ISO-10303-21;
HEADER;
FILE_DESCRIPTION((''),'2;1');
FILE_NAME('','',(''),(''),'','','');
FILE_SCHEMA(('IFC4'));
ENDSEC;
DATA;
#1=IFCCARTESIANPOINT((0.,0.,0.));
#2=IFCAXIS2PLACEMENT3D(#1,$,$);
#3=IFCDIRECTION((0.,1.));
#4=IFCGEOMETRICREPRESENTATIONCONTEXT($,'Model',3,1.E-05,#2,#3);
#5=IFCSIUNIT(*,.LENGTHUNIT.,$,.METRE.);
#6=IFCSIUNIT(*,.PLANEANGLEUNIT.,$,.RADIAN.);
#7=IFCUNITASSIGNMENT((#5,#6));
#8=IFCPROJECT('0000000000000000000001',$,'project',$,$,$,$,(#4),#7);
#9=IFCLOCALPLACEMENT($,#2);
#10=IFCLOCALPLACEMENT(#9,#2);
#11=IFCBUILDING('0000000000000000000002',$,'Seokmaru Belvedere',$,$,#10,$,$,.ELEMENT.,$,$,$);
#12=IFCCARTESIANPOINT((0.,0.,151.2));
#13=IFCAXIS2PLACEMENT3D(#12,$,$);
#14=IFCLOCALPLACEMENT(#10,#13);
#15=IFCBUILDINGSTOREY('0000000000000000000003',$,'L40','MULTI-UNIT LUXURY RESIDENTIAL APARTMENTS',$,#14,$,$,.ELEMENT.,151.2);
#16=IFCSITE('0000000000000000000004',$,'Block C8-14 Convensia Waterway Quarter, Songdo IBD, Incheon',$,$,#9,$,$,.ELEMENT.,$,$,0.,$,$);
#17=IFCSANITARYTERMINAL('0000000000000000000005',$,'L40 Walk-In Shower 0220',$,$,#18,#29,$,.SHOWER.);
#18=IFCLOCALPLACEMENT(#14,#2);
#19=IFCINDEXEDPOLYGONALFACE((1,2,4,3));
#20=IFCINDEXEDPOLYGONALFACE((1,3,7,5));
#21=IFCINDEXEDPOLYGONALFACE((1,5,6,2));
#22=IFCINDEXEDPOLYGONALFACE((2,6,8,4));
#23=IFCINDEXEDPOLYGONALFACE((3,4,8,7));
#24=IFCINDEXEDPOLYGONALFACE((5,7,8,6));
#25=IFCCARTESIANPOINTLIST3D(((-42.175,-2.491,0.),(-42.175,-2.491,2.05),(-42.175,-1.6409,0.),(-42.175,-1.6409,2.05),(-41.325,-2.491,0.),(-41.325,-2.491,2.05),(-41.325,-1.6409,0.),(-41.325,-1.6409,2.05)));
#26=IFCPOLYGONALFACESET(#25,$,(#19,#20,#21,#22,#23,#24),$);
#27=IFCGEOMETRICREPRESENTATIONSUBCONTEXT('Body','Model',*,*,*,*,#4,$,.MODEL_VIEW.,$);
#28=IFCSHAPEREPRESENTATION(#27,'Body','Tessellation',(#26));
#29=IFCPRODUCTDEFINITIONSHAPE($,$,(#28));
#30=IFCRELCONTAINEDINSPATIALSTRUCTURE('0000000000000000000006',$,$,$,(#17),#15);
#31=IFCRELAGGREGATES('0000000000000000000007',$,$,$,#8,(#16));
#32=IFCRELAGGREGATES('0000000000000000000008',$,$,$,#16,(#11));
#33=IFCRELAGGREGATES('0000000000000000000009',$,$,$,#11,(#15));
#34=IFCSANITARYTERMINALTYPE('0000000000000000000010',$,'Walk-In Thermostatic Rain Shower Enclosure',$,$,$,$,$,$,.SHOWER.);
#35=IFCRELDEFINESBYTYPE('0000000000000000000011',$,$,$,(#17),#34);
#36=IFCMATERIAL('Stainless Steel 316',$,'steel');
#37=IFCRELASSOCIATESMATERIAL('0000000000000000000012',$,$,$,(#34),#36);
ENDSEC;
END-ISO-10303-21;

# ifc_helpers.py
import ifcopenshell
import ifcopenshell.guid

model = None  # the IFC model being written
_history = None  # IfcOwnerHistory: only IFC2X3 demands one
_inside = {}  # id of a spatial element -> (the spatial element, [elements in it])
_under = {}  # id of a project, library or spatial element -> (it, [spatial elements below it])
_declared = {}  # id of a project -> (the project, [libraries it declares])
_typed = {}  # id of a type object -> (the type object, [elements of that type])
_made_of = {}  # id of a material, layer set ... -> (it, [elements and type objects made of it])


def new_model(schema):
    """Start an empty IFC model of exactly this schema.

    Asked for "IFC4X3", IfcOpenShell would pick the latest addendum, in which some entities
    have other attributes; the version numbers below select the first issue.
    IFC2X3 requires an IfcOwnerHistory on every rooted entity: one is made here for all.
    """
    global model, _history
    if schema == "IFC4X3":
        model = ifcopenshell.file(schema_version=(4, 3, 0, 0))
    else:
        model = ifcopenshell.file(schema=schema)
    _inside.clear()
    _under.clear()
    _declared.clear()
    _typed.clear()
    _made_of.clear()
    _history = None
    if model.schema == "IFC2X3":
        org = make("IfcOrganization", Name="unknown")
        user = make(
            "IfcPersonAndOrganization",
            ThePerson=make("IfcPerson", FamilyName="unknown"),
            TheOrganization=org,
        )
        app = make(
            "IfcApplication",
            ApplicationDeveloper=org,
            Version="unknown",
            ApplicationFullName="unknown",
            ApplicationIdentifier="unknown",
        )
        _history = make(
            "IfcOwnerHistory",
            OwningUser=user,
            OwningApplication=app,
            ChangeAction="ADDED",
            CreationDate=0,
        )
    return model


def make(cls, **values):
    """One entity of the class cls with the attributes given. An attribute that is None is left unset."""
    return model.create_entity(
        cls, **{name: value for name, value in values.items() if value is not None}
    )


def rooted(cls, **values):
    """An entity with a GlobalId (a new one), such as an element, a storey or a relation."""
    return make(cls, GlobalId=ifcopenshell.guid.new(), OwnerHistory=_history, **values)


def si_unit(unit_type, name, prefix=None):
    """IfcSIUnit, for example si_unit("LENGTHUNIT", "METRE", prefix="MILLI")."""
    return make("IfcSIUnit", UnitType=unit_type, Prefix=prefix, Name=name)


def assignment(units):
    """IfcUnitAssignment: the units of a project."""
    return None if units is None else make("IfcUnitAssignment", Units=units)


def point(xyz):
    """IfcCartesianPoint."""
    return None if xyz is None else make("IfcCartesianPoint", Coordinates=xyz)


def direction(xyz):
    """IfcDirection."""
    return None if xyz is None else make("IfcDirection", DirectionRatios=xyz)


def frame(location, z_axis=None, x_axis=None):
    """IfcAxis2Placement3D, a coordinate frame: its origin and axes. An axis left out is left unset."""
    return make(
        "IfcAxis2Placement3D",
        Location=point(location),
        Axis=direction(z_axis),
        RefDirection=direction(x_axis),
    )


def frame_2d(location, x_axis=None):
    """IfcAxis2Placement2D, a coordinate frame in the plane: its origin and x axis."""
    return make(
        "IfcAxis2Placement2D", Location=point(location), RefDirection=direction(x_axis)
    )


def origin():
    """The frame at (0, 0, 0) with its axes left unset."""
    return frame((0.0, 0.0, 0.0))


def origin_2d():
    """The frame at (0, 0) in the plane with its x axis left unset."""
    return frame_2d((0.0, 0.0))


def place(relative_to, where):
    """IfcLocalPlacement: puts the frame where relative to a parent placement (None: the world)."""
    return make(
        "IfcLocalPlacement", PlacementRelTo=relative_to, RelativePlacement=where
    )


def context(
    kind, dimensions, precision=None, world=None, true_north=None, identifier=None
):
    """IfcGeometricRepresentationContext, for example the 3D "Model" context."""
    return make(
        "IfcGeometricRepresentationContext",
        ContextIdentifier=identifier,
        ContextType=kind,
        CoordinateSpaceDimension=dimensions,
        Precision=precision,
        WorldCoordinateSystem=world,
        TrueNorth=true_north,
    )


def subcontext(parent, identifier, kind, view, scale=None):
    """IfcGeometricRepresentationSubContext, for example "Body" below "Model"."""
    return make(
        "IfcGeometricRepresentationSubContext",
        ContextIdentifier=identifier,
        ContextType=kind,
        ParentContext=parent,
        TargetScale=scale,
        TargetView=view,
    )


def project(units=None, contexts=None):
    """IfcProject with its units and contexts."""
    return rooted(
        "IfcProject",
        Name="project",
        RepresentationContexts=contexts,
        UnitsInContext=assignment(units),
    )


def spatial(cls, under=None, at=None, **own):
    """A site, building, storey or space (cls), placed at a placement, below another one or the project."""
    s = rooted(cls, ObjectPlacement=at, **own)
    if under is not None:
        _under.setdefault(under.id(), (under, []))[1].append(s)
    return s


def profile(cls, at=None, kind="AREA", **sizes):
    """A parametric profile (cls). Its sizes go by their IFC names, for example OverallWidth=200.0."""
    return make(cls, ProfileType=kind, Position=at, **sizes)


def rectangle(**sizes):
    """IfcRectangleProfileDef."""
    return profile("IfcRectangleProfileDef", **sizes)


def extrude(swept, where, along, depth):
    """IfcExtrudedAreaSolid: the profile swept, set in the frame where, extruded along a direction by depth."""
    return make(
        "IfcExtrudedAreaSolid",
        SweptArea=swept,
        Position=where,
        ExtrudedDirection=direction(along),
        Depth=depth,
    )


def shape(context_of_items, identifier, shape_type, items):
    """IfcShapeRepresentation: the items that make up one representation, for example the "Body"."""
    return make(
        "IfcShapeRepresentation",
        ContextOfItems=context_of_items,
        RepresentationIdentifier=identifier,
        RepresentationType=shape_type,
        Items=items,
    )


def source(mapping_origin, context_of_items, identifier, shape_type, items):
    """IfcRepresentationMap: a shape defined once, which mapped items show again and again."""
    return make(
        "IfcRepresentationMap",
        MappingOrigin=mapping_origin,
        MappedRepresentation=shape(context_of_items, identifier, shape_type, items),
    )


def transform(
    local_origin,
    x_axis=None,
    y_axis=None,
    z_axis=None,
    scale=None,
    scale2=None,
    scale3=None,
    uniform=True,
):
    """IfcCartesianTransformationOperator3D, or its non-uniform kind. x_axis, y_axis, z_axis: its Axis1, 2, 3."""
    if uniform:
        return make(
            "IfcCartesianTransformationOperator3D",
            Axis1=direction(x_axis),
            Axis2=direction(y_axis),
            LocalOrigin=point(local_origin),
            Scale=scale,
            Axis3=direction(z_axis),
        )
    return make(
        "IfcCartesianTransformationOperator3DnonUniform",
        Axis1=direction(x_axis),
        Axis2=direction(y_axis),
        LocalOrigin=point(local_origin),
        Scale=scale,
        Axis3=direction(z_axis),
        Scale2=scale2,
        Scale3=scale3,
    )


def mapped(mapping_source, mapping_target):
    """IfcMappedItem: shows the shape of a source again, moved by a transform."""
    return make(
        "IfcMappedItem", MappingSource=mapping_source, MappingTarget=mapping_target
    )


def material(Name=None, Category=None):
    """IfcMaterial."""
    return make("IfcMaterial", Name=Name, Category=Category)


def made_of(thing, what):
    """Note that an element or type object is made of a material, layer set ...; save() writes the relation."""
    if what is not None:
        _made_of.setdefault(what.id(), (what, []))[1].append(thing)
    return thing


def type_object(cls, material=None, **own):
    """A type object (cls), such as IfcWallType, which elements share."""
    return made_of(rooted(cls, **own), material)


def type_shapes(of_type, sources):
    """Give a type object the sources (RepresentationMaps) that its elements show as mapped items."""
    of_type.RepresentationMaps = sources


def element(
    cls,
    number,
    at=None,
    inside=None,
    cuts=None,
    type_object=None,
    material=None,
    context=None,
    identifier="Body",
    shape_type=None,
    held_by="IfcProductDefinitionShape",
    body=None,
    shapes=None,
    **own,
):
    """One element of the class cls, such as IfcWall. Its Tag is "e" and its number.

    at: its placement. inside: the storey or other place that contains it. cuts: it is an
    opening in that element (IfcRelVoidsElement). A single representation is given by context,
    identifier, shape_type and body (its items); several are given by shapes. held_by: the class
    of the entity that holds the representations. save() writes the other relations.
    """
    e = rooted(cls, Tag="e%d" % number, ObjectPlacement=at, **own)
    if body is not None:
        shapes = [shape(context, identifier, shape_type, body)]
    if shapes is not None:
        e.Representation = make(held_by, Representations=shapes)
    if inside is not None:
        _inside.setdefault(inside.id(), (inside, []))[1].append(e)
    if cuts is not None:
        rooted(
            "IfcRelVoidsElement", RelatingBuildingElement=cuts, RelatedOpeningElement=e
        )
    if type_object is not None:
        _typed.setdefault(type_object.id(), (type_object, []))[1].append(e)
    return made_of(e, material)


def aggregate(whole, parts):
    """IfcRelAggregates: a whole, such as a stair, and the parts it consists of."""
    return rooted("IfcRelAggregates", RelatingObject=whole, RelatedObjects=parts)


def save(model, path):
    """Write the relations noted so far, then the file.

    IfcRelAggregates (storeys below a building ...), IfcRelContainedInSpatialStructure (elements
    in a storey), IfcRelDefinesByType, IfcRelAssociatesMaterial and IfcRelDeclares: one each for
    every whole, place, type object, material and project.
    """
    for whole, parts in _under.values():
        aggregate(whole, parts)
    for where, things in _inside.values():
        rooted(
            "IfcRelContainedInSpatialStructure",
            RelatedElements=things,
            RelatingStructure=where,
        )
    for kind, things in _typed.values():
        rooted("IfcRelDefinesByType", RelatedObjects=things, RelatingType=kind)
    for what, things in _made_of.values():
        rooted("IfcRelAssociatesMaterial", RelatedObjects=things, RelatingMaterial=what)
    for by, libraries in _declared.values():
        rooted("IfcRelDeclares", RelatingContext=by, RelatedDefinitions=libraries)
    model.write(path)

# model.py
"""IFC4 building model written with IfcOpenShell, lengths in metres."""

from ifc_helpers import new_model, si_unit, direction, frame, origin, origin_2d, place, context, subcontext, project, spatial, rectangle, extrude, source, transform, mapped, material, type_object, type_shapes, element, save


model = new_model("IFC4")

# Units and contexts
model_context = context("Model", 3, precision=1e-05, world=origin(), true_north=direction((0.0, 1.0)))
body_context = subcontext(model_context, "Body", "Model", "MODEL_VIEW")
ifc_project = project(units=[si_unit("LENGTHUNIT", "METRE"), si_unit("PLANEANGLEUNIT", "RADIAN")], contexts=[model_context])

# Site, building, storey
site_placement = place(None, origin())
site = spatial("IfcSite", under=ifc_project, at=site_placement, Name="Block C8-14 Convensia Waterway Quarter, Songdo IBD, Incheon", CompositionType="ELEMENT", RefElevation=0.0)
building_placement = place(site_placement, origin())
building = spatial("IfcBuilding", under=site, at=building_placement, Name="Seokmaru Belvedere", CompositionType="ELEMENT")
storey_placement = place(building_placement, frame((0.0, 0.0, 151.2)))
storey = spatial("IfcBuildingStorey", under=building, at=storey_placement, Name="L40", Description="MULTI-UNIT LUXURY RESIDENTIAL APARTMENTS", CompositionType="ELEMENT", Elevation=151.2)

# Sanitary terminal
ifc_material_1 = material(Name="Stainless Steel 316", Category="steel")
sanitary_terminal_type = type_object("IfcSanitaryTerminalType", Name="Walk-In Thermostatic Rain Shower Enclosure", PredefinedType="SHOWER", material=ifc_material_1)
shared_shape_1 = source(origin(), body_context, "Body", "SweptSolid", [
    extrude(rectangle(XDim=0.8501, YDim=0.8501, at=origin_2d()), origin(), (0.0, 0.0, 1.0), 2.05),
])
type_shapes(sanitary_terminal_type, [shared_shape_1])
sanitary_terminal_placement = place(storey_placement, frame((-41.75, -2.0659, 0.0), z_axis=(0.0, 0.0, 1.0), x_axis=(1.0, 0.0, 0.0)))
element("IfcSanitaryTerminal", 1, at=sanitary_terminal_placement, inside=storey, type_object=sanitary_terminal_type, Name="L40 Walk-In Shower 0220", PredefinedType="SHOWER", context=body_context, shape_type="MappedRepresentation", body=[
    mapped(shared_shape_1, transform((0.0, 0.0, 0.0), scale=1.0)),
])

save(model, "model.ifc")
